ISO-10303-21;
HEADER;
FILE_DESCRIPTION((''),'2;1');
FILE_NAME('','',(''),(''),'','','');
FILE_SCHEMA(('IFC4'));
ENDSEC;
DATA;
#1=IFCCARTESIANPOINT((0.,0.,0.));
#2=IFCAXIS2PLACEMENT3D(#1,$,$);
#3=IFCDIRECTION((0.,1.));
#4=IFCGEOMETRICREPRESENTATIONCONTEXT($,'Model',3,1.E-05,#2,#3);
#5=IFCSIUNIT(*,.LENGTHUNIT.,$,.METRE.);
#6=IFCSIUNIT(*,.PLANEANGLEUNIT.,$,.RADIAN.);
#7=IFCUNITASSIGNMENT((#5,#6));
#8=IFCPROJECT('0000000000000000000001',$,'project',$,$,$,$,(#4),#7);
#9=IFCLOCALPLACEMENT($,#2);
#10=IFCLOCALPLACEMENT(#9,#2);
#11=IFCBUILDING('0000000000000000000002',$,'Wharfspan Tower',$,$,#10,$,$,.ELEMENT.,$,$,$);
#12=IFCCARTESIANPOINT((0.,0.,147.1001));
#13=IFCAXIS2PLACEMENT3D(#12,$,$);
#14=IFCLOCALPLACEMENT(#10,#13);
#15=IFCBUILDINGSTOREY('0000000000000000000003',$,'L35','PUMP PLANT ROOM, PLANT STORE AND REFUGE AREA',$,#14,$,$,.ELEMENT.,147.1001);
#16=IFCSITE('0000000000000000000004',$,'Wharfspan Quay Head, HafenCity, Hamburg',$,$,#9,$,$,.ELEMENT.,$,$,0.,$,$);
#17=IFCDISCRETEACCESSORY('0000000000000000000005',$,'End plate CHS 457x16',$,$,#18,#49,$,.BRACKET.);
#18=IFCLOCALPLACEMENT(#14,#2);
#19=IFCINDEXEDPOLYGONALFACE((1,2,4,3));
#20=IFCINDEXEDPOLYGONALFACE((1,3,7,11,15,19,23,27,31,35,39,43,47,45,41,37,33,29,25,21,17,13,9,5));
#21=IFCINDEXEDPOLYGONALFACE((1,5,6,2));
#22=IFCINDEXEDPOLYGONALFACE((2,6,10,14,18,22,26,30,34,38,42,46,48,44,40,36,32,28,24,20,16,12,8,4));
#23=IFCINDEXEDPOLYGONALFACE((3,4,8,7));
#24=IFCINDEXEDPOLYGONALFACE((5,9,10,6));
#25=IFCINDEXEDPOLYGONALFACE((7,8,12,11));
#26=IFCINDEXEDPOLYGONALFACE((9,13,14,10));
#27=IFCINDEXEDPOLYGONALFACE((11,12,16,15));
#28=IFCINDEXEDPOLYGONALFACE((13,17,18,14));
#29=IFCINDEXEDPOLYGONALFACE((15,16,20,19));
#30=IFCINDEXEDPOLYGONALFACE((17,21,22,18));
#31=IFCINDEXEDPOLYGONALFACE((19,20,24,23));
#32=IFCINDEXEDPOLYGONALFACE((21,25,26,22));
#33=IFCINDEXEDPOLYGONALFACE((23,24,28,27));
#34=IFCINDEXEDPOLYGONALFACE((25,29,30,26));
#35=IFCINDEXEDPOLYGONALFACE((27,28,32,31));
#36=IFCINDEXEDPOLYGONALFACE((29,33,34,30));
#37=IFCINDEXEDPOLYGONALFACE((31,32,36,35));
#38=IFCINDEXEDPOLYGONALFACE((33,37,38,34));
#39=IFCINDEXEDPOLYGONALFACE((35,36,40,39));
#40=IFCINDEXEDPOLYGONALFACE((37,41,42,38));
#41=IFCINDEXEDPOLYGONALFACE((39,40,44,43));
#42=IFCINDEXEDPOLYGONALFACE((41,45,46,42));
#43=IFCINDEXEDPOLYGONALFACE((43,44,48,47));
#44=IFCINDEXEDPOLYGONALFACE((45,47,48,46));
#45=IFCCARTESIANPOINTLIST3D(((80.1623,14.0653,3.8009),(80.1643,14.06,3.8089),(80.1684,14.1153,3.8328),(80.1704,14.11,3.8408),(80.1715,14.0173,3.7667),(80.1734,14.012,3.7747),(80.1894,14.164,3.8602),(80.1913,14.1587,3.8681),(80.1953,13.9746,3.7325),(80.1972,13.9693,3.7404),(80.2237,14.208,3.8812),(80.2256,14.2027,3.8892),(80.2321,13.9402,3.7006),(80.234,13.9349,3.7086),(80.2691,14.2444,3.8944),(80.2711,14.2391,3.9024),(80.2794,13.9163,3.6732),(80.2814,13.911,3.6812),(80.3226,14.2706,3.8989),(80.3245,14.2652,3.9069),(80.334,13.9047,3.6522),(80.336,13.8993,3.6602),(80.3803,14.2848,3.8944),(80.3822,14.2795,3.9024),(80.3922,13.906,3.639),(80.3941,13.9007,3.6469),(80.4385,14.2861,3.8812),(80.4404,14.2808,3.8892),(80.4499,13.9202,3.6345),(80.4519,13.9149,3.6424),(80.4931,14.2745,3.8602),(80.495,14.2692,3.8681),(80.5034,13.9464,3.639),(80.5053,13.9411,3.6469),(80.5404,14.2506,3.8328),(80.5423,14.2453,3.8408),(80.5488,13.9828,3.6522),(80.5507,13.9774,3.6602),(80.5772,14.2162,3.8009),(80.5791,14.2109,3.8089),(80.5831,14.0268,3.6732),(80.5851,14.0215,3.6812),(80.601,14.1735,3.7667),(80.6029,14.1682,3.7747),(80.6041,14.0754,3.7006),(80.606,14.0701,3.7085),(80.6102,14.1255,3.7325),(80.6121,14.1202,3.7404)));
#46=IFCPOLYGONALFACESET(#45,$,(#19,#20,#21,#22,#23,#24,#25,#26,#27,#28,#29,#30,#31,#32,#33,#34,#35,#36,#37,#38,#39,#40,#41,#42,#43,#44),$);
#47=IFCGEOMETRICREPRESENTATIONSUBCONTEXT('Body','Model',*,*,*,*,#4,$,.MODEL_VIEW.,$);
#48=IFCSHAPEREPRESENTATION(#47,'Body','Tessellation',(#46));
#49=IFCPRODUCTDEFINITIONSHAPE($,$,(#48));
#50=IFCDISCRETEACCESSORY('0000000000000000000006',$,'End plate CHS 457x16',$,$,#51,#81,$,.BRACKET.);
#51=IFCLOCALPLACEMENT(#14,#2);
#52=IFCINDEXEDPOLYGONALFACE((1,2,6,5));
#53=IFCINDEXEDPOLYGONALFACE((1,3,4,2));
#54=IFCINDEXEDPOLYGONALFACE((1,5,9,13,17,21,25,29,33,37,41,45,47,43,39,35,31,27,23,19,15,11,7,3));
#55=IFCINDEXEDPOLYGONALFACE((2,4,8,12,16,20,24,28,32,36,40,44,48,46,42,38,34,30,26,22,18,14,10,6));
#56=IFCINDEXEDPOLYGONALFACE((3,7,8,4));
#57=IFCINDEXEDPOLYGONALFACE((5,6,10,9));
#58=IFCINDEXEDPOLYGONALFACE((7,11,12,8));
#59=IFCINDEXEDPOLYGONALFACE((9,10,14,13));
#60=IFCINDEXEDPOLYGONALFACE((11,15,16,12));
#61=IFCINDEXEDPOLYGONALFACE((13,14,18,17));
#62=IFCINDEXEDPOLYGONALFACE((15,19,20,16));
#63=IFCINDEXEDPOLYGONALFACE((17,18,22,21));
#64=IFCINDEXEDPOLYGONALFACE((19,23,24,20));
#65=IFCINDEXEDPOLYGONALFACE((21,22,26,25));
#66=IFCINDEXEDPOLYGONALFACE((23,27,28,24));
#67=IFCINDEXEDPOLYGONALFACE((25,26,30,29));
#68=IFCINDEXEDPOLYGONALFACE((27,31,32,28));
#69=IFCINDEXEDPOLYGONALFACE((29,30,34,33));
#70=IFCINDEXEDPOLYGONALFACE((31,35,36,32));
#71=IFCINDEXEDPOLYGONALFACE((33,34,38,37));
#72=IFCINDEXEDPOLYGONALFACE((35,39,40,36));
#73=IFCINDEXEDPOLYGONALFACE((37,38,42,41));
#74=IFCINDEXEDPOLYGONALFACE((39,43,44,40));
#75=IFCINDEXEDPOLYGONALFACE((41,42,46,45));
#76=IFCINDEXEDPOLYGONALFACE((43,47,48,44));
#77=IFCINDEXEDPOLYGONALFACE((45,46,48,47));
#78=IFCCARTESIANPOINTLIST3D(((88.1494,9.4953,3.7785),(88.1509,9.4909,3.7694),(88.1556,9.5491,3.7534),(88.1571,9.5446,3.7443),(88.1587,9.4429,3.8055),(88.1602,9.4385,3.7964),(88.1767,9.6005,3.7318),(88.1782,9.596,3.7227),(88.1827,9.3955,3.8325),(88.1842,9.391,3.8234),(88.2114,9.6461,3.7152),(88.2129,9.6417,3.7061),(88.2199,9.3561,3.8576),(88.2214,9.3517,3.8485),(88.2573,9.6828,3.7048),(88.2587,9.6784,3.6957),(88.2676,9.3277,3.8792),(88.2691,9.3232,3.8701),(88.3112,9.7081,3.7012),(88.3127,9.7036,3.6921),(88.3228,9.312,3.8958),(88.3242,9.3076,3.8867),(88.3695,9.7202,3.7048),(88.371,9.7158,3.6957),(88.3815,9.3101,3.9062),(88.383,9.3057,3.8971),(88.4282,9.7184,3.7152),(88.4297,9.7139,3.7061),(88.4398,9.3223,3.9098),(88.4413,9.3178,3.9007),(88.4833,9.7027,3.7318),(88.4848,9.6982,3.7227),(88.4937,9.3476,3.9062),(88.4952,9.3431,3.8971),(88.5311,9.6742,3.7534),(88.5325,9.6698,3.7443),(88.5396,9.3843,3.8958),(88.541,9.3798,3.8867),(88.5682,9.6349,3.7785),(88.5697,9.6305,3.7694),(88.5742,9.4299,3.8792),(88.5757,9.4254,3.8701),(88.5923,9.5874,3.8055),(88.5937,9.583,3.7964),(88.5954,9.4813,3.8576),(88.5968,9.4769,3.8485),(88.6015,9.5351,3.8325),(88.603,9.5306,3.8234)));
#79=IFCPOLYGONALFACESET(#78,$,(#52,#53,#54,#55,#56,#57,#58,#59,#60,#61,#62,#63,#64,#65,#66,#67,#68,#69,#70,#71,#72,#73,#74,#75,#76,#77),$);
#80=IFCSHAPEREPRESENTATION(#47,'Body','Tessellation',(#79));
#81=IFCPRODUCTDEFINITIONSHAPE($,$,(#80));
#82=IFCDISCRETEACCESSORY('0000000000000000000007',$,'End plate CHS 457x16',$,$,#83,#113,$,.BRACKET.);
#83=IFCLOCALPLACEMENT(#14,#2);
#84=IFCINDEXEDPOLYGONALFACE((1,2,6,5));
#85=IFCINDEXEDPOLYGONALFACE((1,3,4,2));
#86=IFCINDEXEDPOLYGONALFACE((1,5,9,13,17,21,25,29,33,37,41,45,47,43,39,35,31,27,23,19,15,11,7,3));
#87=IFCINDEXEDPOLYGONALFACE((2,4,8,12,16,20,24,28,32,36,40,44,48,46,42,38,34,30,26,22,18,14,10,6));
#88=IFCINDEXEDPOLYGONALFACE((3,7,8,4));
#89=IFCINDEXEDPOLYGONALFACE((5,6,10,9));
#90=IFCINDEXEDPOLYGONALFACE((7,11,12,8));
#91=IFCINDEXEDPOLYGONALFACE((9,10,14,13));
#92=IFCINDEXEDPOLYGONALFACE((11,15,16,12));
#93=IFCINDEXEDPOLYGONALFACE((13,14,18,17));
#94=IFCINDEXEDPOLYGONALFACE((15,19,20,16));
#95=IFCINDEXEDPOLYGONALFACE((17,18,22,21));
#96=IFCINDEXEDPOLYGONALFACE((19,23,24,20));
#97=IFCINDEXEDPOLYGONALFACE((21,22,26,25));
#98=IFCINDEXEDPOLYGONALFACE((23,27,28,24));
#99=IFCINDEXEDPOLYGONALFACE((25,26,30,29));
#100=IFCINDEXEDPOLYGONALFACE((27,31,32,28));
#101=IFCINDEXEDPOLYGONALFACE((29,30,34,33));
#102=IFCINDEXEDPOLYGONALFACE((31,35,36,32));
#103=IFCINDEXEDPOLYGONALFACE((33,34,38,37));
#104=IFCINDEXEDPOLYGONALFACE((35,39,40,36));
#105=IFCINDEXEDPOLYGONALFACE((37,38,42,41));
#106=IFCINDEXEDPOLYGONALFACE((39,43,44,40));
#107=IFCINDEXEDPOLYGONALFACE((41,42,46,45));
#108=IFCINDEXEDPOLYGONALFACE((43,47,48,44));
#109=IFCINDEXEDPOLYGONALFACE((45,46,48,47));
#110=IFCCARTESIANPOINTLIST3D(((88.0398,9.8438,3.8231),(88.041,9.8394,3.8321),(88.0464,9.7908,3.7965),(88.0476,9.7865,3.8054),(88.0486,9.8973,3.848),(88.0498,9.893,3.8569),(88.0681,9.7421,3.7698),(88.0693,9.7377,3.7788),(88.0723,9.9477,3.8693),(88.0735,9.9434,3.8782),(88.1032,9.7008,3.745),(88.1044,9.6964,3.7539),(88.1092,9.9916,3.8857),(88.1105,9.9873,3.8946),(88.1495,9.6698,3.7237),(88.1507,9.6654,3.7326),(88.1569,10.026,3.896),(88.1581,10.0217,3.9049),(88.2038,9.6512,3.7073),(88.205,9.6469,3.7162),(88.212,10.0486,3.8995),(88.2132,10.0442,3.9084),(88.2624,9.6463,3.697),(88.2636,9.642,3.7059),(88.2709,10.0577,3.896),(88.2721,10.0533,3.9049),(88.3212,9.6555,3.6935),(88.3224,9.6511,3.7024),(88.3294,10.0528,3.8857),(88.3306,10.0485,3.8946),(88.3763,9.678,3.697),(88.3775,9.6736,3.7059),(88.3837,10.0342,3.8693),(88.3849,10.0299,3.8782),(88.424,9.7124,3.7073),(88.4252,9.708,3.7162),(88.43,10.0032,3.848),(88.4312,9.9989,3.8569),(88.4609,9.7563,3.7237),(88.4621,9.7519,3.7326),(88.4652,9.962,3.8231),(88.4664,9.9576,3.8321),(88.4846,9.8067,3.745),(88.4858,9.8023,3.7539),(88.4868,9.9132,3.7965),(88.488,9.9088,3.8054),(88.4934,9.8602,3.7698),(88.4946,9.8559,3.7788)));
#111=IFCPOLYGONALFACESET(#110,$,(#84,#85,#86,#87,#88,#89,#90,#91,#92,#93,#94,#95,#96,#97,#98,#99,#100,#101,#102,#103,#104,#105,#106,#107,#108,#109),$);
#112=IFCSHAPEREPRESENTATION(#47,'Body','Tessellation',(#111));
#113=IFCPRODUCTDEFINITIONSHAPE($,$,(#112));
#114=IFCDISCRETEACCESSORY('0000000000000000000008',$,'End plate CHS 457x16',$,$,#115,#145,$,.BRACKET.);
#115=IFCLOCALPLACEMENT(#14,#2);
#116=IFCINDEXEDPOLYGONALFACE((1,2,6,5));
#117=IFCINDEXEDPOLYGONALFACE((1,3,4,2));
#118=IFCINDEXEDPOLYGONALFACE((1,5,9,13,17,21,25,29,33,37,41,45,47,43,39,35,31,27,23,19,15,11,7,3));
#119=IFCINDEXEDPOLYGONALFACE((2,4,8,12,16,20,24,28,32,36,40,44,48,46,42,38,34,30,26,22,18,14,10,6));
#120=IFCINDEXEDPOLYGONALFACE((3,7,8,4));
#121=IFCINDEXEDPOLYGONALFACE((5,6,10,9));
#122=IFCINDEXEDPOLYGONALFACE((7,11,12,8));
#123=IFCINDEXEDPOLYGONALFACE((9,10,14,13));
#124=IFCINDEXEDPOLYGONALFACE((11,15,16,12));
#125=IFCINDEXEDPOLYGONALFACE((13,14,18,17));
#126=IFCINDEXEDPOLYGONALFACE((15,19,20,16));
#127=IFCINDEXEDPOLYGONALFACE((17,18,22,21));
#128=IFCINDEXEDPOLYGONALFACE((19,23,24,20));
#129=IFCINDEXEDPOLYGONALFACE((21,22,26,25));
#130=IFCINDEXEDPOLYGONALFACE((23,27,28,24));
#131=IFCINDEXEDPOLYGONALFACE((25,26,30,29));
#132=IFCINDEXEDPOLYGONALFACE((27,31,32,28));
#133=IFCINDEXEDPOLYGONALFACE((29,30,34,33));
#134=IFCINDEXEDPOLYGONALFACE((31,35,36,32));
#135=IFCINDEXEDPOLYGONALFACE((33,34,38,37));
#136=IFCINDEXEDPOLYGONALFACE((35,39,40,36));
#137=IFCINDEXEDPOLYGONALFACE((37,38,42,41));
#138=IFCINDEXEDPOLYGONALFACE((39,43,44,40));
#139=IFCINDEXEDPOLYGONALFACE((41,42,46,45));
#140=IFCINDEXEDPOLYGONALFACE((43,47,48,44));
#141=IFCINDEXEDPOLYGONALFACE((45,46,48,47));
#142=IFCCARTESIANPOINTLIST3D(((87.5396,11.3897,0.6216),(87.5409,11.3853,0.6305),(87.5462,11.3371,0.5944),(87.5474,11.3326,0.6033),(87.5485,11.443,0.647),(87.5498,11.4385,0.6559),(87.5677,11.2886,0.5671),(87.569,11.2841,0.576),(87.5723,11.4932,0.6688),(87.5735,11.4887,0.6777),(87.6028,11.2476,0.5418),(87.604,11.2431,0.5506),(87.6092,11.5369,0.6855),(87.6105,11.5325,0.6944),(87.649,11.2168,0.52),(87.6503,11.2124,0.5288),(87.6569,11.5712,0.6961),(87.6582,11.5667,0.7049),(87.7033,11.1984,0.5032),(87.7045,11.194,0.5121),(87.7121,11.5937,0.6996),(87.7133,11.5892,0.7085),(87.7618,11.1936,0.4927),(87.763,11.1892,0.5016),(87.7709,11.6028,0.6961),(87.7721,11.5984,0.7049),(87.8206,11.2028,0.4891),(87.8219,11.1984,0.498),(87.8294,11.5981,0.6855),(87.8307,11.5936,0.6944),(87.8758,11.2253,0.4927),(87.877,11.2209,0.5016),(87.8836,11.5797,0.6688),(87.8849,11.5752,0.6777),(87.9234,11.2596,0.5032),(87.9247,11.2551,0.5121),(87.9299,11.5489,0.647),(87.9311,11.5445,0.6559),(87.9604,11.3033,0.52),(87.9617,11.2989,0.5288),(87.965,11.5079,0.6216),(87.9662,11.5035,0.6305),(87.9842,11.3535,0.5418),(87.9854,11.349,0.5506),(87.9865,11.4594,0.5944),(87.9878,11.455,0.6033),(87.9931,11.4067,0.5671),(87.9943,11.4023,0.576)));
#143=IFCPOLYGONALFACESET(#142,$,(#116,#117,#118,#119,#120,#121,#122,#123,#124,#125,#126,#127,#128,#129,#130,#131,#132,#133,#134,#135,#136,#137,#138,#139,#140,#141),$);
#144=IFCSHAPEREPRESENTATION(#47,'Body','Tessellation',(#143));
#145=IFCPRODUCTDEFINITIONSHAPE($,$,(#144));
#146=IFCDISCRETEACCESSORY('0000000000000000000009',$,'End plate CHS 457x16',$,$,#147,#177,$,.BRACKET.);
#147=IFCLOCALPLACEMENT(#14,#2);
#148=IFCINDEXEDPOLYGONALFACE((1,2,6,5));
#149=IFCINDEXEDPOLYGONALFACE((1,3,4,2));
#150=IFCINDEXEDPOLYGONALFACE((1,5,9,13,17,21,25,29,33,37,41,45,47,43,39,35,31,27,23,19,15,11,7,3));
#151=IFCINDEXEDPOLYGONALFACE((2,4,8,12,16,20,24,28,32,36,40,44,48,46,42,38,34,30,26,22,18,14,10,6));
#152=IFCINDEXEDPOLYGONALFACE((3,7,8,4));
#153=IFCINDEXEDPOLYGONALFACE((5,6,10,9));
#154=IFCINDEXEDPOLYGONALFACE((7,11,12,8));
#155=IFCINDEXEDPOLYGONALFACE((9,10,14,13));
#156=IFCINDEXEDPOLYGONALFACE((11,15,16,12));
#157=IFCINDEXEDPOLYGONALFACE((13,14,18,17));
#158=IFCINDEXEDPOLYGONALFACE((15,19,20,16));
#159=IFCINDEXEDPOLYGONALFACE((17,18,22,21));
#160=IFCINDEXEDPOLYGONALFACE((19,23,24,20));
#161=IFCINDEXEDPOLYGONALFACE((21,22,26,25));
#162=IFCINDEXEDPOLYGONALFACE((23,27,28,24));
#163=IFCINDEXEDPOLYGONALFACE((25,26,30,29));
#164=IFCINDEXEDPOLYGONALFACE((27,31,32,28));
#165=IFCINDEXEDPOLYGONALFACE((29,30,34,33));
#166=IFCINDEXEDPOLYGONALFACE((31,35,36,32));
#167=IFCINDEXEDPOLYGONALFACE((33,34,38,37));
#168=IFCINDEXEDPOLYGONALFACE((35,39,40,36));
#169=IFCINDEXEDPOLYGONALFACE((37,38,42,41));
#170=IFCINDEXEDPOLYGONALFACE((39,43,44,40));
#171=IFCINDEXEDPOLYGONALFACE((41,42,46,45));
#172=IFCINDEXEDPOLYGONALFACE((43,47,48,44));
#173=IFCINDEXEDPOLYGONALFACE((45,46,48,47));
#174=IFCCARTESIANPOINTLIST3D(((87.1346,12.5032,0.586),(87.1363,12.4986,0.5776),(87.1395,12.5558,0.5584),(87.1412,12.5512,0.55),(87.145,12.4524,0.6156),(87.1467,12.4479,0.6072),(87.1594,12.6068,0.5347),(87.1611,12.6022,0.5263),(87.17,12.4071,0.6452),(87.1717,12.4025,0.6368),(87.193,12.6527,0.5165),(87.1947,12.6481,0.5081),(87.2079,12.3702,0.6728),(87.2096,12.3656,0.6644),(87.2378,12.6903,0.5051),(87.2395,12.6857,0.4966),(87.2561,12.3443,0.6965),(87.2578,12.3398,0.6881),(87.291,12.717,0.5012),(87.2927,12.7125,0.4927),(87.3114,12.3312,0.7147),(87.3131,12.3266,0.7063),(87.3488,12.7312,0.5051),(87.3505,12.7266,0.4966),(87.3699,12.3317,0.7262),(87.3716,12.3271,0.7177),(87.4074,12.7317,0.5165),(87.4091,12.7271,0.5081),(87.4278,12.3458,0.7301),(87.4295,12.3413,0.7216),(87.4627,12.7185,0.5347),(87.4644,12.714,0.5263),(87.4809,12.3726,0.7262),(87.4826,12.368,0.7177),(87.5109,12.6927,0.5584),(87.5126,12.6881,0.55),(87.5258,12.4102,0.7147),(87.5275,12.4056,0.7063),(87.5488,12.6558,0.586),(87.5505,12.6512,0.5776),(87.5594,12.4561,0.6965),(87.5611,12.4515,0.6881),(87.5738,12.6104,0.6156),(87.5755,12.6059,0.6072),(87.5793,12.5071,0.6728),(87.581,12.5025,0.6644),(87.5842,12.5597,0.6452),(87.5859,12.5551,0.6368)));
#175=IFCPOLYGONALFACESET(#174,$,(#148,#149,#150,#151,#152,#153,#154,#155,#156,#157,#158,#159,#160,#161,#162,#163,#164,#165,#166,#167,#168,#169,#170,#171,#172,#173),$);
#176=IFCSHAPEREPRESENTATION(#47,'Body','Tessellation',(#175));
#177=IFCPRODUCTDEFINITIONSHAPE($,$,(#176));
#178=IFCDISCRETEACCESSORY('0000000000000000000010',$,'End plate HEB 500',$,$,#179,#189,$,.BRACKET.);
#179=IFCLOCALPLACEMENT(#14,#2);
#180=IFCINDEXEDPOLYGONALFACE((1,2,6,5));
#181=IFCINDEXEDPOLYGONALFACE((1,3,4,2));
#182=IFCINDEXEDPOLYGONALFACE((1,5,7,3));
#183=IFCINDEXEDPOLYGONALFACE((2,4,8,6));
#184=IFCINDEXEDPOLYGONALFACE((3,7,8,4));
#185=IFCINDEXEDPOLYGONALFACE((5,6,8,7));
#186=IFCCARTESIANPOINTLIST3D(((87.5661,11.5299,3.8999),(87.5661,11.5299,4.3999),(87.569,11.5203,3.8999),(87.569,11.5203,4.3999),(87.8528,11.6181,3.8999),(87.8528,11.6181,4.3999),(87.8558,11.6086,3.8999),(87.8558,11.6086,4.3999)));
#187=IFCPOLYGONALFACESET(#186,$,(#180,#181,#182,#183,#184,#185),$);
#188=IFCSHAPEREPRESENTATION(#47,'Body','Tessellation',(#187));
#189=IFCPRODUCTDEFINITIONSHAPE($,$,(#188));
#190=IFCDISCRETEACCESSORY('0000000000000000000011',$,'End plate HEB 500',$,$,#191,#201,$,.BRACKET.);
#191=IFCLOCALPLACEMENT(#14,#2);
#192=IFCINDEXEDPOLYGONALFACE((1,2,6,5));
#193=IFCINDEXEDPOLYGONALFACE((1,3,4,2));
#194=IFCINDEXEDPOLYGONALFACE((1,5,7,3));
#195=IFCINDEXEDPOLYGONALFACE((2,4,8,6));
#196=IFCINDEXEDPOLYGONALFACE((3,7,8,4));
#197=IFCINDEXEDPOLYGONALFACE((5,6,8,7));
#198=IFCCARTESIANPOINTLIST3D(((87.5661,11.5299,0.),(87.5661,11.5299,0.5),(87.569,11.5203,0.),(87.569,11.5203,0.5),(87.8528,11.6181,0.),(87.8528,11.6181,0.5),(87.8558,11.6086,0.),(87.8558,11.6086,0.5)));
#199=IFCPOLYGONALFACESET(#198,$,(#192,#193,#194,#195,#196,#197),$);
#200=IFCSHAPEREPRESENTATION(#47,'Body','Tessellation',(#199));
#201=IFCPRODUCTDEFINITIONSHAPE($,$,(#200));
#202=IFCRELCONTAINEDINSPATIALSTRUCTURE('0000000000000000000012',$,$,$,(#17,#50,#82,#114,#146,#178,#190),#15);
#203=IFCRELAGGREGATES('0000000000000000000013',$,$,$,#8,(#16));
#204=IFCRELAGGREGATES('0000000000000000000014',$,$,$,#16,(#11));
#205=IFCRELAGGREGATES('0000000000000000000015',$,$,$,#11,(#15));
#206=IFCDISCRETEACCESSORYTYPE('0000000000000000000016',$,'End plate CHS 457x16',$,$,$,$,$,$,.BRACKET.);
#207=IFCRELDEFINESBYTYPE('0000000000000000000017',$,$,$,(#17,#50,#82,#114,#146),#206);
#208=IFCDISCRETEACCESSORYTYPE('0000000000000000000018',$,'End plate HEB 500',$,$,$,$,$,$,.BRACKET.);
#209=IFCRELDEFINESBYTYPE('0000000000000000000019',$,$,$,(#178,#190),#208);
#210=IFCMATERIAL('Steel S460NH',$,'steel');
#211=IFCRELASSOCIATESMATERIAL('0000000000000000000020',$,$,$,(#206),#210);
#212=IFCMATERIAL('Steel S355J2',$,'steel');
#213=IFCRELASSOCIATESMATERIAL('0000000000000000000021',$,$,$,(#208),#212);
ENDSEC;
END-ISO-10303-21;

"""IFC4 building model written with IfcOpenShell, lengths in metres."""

from ifc_helpers import new_model, si_unit, direction, frame, origin, origin_2d, place, context, subcontext, project, spatial, rectangle, circle, extrude, material, material_profile, profile_set, type_object, element, save


model = new_model("IFC4")

# Units and contexts
model_context = context("Model", 3, precision=1e-05, world=origin(), true_north=direction((0.0, 1.0)))
body_context = subcontext(model_context, "Body", "Model", "MODEL_VIEW")
ifc_project = project(units=[si_unit("LENGTHUNIT", "METRE"), si_unit("PLANEANGLEUNIT", "RADIAN")], contexts=[model_context])

# Site, building, storey
site_placement = place(None, origin())
site = spatial("IfcSite", under=ifc_project, at=site_placement, Name="Wharfspan Quay Head, HafenCity, Hamburg", CompositionType="ELEMENT", RefElevation=0.0)
building_placement = place(site_placement, origin())
building = spatial("IfcBuilding", under=site, at=building_placement, Name="Wharfspan Tower", CompositionType="ELEMENT")
storey_placement = place(building_placement, frame((0.0, 0.0, 147.1001)))
storey = spatial("IfcBuildingStorey", under=building, at=storey_placement, Name="L35", Description="PUMP PLANT ROOM, PLANT STORE AND REFUGE AREA", CompositionType="ELEMENT", Elevation=147.1001)

# Shared definitions
ifc_material_1 = material(Name="Steel S355J2", Category="steel")

# Shared definitions
ifc_material_2 = material(Name="Steel S460NH", Category="steel")

# Discrete accessories
ifc_material_profile_1 = material_profile(ifc_material_2, circle(Radius=0.2285, at=origin_2d()))
ifc_profile_set_1 = profile_set([ifc_material_profile_1], Name="Steel S460NH")
discrete_accessory_type_1 = type_object("IfcDiscreteAccessoryType", Name="End plate CHS 457x16", PredefinedType="BRACKET", material=ifc_profile_set_1)
discrete_accessory_1_placement = place(storey_placement, frame((80.3882, 14.0901, 3.7747), z_axis=(-0.197727, 0.543749, -0.815623), x_axis=(-0.939797, -0.341743, 0.000001)))
element("IfcDiscreteAccessory", 1, at=discrete_accessory_1_placement, inside=storey, type_object=discrete_accessory_type_1, Name="End plate CHS 457x16", PredefinedType="BRACKET", context=body_context, shape_type="SweptSolid", body=[
    extrude(circle(Radius=0.2285, at=origin_2d()), origin(), (0.0, 0.0, 1.0), 0.0098),
])
discrete_accessory_2_placement = place(storey_placement, frame((88.377, 9.5107, 3.7964), z_axis=(-0.144296, 0.432887, 0.889824), x_axis=(-0.948685, -0.316227, -0.000001)))
element("IfcDiscreteAccessory", 2, at=discrete_accessory_2_placement, inside=storey, type_object=discrete_accessory_type_1, Name="End plate CHS 457x16", PredefinedType="BRACKET", context=body_context, shape_type="SweptSolid", body=[
    extrude(circle(Radius=0.2285, at=origin_2d()), origin(), (0.0, 0.0, 1.0), 0.0103),
])
for number, where, z_axis, x_axis, name in (
    (3, (88.2678, 9.8477, 3.8054), (-0.120631, 0.434271, -0.892668), (-0.963517, -0.267644, 0.0), "End plate CHS 457x16"),
    (4, (87.7676, 11.3938, 0.6033), (-0.123278, 0.443802, -0.887605), (-0.963521, -0.267644, 0.0), "End plate CHS 457x16"),
):
    element("IfcDiscreteAccessory", number, at=place(storey_placement, frame(where, z_axis=z_axis, x_axis=x_axis)), inside=storey, type_object=discrete_accessory_type_1, Name=name, PredefinedType="BRACKET", context=body_context, shape_type="SweptSolid", body=[
        extrude(circle(Radius=0.2285, at=origin_2d()), origin(), (0.0, 0.0, 1.0), 0.01),
    ])
discrete_accessory_3_placement = place(storey_placement, frame((87.3611, 12.5269, 0.6072), z_axis=(-0.173117, 0.469888, 0.865584), x_axis=(-0.938346, -0.345709, 0.000001)))
element("IfcDiscreteAccessory", 5, at=discrete_accessory_3_placement, inside=storey, type_object=discrete_accessory_type_1, Name="End plate CHS 457x16", PredefinedType="BRACKET", context=body_context, shape_type="SweptSolid", body=[
    extrude(circle(Radius=0.2285, at=origin_2d()), origin(), (0.0, 0.0, 1.0), 0.0098),
])
ifc_material_profile_2 = material_profile(ifc_material_1, rectangle(XDim=0.3, YDim=0.5, at=origin_2d()))
ifc_profile_set_2 = profile_set([ifc_material_profile_2], Name="Steel S355J2")
discrete_accessory_type_2 = type_object("IfcDiscreteAccessoryType", Name="End plate HEB 500", PredefinedType="BRACKET", material=ifc_profile_set_2)
for number, where, z_axis, x_axis, name in (
    (6, (87.7124, 11.5645, 4.1499), (-0.294086, 0.955779, 0.0), (-0.955779, -0.294086, 0.0), "End plate HEB 500"),
    (7, (87.7124, 11.5645, 0.25), (-0.294086, 0.955779, 0.0), (-0.955779, -0.294086, 0.0), "End plate HEB 500"),
):
    element("IfcDiscreteAccessory", number, at=place(storey_placement, frame(where, z_axis=z_axis, x_axis=x_axis)), inside=storey, type_object=discrete_accessory_type_2, Name=name, PredefinedType="BRACKET", context=body_context, shape_type="SweptSolid", body=[
        extrude(rectangle(XDim=0.3, YDim=0.5, at=origin_2d()), origin(), (0.0, 0.0, 1.0), 0.01),
    ])

save(model, "model.ifc")
